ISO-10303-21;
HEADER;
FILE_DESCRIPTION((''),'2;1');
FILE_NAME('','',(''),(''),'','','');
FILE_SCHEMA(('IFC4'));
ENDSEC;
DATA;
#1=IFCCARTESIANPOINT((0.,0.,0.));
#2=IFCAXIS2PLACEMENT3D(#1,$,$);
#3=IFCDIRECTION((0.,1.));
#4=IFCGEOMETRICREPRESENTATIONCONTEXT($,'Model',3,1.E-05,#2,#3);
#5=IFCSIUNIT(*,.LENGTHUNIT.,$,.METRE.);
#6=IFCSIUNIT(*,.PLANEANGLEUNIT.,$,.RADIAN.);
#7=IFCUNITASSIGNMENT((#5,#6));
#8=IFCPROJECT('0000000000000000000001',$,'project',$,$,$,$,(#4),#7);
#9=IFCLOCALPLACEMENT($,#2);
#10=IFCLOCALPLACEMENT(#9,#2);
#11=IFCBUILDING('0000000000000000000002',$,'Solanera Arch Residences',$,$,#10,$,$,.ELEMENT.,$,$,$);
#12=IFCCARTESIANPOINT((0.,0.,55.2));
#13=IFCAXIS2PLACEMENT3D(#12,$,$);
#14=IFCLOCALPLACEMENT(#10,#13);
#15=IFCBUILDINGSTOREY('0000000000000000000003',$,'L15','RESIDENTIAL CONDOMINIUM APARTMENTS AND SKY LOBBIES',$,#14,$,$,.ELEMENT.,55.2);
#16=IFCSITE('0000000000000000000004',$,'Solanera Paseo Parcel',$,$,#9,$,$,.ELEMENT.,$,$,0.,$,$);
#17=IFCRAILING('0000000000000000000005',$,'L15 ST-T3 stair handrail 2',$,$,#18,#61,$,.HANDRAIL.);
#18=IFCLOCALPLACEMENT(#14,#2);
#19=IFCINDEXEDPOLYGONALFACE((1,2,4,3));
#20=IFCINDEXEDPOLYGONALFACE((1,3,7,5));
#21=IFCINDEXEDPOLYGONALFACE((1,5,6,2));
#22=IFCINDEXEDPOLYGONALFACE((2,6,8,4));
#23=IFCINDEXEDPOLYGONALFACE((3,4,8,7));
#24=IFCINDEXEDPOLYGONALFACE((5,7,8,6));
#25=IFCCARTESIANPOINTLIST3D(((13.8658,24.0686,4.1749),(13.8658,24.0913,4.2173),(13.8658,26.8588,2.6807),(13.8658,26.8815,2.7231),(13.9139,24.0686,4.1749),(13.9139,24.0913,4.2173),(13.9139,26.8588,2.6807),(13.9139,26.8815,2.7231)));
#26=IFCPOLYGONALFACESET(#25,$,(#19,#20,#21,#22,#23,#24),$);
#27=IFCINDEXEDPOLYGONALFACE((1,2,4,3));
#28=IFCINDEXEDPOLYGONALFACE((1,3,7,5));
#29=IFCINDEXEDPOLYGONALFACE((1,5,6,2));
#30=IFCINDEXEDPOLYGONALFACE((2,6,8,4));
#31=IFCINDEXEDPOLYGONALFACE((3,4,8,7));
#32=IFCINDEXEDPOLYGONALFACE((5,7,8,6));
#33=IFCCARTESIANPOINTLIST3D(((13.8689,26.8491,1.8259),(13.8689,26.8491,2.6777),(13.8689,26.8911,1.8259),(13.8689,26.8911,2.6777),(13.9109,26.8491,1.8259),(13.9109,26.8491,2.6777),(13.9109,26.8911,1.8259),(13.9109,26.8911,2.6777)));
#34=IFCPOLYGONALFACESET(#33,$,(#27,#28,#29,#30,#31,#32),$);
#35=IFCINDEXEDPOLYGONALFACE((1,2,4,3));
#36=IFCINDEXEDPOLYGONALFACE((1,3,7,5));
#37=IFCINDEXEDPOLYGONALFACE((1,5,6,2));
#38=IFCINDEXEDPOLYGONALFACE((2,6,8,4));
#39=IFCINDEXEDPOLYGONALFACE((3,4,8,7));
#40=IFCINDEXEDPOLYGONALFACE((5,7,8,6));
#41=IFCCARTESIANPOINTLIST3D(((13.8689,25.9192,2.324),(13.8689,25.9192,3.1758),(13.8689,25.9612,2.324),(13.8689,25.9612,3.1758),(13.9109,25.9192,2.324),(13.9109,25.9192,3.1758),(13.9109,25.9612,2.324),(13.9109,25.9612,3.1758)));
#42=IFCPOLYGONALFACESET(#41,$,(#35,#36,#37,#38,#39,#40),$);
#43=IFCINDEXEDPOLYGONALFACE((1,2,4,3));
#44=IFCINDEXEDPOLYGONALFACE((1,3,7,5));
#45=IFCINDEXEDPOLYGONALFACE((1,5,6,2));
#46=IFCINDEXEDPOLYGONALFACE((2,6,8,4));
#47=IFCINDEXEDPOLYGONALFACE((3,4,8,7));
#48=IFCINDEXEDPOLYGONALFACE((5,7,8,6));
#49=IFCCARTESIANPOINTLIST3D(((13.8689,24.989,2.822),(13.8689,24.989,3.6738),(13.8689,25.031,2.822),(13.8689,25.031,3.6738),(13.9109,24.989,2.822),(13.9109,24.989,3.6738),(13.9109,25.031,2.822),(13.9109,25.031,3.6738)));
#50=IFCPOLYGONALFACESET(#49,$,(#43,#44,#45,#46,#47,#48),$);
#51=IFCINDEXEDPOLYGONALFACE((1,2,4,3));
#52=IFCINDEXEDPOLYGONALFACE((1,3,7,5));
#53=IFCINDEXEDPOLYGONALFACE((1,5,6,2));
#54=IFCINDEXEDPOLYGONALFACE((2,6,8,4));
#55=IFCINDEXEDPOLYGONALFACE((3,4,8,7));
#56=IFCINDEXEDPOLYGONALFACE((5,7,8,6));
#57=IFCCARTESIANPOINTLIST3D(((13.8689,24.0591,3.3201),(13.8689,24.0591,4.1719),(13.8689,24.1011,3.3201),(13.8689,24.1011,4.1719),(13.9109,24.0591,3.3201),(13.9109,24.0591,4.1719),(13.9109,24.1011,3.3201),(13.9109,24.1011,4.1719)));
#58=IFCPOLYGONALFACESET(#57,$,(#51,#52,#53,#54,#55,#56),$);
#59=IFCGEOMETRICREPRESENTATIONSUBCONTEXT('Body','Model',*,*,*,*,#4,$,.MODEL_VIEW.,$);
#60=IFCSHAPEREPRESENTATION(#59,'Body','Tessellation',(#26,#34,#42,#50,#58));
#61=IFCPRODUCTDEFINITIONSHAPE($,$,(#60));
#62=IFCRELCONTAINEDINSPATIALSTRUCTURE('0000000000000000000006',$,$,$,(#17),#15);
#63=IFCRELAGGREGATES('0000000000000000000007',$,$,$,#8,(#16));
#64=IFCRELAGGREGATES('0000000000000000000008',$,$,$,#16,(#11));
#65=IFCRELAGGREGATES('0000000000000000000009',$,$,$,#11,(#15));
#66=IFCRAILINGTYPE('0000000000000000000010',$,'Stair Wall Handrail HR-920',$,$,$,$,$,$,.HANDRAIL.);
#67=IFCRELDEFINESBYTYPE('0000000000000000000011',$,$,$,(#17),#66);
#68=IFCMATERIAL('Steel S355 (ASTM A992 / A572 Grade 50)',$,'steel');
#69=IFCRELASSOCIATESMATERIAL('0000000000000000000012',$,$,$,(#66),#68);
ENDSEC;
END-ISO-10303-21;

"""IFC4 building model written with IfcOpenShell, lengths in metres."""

from ifc_helpers import new_model, si_unit, direction, frame, origin, origin_2d, place, context, subcontext, project, spatial, rectangle, extrude, material, type_object, element, save


model = new_model("IFC4")

# Units and contexts
model_context = context("Model", 3, precision=1e-05, world=origin(), true_north=direction((0.0, 1.0)))
body_context = subcontext(model_context, "Body", "Model", "MODEL_VIEW")
ifc_project = project(units=[si_unit("LENGTHUNIT", "METRE"), si_unit("PLANEANGLEUNIT", "RADIAN")], contexts=[model_context])

# Site, building, storey
site_placement = place(None, origin())
site = spatial("IfcSite", under=ifc_project, at=site_placement, Name="Solanera Paseo Parcel", CompositionType="ELEMENT", RefElevation=0.0)
building_placement = place(site_placement, origin())
building = spatial("IfcBuilding", under=site, at=building_placement, Name="Solanera Arch Residences", CompositionType="ELEMENT")
storey_placement = place(building_placement, frame((0.0, 0.0, 55.2)))
storey = spatial("IfcBuildingStorey", under=building, at=storey_placement, Name="L15", Description="RESIDENTIAL CONDOMINIUM APARTMENTS AND SKY LOBBIES", CompositionType="ELEMENT", Elevation=55.2)

# Railing
ifc_material_1 = material(Name="Steel S355 (ASTM A992 / A572 Grade 50)", Category="steel")
railing_type_1 = type_object("IfcRailingType", Name="Stair Wall Handrail HR-920", PredefinedType="HANDRAIL", material=ifc_material_1)
railing_1_placement = place(storey_placement, frame((13.8899, 26.8701, 1.8259)))
element("IfcRailing", 1, at=railing_1_placement, inside=storey, type_object=railing_type_1, Name="L15 ST-T3 stair handrail 2", PredefinedType="HANDRAIL", context=body_context, shape_type="SweptSolid", body=[
    extrude(rectangle(XDim=0.0481, YDim=0.0481, at=origin_2d()), frame((0.0, 0.0, 0.876), z_axis=(0.0, -0.881549, 0.472093), x_axis=(1.0, 0.0, 0.0)), (0.0, 0.0, 1.0), 3.165),
    extrude(rectangle(XDim=0.042, YDim=0.042, at=origin_2d()), origin(), (0.0, 0.0, 1.0), 0.8518),
    extrude(rectangle(XDim=0.042, YDim=0.042, at=origin_2d()), frame((0.0, -0.9299, 0.498)), (0.0, 0.0, 1.0), 0.8518),
    extrude(rectangle(XDim=0.042, YDim=0.042, at=origin_2d()), frame((0.0, -1.8601, 0.9961)), (0.0, 0.0, 1.0), 0.8518),
    extrude(rectangle(XDim=0.042, YDim=0.042, at=origin_2d()), frame((0.0, -2.79, 1.4941)), (0.0, 0.0, 1.0), 0.8518),
])

save(model, "model.ifc")
